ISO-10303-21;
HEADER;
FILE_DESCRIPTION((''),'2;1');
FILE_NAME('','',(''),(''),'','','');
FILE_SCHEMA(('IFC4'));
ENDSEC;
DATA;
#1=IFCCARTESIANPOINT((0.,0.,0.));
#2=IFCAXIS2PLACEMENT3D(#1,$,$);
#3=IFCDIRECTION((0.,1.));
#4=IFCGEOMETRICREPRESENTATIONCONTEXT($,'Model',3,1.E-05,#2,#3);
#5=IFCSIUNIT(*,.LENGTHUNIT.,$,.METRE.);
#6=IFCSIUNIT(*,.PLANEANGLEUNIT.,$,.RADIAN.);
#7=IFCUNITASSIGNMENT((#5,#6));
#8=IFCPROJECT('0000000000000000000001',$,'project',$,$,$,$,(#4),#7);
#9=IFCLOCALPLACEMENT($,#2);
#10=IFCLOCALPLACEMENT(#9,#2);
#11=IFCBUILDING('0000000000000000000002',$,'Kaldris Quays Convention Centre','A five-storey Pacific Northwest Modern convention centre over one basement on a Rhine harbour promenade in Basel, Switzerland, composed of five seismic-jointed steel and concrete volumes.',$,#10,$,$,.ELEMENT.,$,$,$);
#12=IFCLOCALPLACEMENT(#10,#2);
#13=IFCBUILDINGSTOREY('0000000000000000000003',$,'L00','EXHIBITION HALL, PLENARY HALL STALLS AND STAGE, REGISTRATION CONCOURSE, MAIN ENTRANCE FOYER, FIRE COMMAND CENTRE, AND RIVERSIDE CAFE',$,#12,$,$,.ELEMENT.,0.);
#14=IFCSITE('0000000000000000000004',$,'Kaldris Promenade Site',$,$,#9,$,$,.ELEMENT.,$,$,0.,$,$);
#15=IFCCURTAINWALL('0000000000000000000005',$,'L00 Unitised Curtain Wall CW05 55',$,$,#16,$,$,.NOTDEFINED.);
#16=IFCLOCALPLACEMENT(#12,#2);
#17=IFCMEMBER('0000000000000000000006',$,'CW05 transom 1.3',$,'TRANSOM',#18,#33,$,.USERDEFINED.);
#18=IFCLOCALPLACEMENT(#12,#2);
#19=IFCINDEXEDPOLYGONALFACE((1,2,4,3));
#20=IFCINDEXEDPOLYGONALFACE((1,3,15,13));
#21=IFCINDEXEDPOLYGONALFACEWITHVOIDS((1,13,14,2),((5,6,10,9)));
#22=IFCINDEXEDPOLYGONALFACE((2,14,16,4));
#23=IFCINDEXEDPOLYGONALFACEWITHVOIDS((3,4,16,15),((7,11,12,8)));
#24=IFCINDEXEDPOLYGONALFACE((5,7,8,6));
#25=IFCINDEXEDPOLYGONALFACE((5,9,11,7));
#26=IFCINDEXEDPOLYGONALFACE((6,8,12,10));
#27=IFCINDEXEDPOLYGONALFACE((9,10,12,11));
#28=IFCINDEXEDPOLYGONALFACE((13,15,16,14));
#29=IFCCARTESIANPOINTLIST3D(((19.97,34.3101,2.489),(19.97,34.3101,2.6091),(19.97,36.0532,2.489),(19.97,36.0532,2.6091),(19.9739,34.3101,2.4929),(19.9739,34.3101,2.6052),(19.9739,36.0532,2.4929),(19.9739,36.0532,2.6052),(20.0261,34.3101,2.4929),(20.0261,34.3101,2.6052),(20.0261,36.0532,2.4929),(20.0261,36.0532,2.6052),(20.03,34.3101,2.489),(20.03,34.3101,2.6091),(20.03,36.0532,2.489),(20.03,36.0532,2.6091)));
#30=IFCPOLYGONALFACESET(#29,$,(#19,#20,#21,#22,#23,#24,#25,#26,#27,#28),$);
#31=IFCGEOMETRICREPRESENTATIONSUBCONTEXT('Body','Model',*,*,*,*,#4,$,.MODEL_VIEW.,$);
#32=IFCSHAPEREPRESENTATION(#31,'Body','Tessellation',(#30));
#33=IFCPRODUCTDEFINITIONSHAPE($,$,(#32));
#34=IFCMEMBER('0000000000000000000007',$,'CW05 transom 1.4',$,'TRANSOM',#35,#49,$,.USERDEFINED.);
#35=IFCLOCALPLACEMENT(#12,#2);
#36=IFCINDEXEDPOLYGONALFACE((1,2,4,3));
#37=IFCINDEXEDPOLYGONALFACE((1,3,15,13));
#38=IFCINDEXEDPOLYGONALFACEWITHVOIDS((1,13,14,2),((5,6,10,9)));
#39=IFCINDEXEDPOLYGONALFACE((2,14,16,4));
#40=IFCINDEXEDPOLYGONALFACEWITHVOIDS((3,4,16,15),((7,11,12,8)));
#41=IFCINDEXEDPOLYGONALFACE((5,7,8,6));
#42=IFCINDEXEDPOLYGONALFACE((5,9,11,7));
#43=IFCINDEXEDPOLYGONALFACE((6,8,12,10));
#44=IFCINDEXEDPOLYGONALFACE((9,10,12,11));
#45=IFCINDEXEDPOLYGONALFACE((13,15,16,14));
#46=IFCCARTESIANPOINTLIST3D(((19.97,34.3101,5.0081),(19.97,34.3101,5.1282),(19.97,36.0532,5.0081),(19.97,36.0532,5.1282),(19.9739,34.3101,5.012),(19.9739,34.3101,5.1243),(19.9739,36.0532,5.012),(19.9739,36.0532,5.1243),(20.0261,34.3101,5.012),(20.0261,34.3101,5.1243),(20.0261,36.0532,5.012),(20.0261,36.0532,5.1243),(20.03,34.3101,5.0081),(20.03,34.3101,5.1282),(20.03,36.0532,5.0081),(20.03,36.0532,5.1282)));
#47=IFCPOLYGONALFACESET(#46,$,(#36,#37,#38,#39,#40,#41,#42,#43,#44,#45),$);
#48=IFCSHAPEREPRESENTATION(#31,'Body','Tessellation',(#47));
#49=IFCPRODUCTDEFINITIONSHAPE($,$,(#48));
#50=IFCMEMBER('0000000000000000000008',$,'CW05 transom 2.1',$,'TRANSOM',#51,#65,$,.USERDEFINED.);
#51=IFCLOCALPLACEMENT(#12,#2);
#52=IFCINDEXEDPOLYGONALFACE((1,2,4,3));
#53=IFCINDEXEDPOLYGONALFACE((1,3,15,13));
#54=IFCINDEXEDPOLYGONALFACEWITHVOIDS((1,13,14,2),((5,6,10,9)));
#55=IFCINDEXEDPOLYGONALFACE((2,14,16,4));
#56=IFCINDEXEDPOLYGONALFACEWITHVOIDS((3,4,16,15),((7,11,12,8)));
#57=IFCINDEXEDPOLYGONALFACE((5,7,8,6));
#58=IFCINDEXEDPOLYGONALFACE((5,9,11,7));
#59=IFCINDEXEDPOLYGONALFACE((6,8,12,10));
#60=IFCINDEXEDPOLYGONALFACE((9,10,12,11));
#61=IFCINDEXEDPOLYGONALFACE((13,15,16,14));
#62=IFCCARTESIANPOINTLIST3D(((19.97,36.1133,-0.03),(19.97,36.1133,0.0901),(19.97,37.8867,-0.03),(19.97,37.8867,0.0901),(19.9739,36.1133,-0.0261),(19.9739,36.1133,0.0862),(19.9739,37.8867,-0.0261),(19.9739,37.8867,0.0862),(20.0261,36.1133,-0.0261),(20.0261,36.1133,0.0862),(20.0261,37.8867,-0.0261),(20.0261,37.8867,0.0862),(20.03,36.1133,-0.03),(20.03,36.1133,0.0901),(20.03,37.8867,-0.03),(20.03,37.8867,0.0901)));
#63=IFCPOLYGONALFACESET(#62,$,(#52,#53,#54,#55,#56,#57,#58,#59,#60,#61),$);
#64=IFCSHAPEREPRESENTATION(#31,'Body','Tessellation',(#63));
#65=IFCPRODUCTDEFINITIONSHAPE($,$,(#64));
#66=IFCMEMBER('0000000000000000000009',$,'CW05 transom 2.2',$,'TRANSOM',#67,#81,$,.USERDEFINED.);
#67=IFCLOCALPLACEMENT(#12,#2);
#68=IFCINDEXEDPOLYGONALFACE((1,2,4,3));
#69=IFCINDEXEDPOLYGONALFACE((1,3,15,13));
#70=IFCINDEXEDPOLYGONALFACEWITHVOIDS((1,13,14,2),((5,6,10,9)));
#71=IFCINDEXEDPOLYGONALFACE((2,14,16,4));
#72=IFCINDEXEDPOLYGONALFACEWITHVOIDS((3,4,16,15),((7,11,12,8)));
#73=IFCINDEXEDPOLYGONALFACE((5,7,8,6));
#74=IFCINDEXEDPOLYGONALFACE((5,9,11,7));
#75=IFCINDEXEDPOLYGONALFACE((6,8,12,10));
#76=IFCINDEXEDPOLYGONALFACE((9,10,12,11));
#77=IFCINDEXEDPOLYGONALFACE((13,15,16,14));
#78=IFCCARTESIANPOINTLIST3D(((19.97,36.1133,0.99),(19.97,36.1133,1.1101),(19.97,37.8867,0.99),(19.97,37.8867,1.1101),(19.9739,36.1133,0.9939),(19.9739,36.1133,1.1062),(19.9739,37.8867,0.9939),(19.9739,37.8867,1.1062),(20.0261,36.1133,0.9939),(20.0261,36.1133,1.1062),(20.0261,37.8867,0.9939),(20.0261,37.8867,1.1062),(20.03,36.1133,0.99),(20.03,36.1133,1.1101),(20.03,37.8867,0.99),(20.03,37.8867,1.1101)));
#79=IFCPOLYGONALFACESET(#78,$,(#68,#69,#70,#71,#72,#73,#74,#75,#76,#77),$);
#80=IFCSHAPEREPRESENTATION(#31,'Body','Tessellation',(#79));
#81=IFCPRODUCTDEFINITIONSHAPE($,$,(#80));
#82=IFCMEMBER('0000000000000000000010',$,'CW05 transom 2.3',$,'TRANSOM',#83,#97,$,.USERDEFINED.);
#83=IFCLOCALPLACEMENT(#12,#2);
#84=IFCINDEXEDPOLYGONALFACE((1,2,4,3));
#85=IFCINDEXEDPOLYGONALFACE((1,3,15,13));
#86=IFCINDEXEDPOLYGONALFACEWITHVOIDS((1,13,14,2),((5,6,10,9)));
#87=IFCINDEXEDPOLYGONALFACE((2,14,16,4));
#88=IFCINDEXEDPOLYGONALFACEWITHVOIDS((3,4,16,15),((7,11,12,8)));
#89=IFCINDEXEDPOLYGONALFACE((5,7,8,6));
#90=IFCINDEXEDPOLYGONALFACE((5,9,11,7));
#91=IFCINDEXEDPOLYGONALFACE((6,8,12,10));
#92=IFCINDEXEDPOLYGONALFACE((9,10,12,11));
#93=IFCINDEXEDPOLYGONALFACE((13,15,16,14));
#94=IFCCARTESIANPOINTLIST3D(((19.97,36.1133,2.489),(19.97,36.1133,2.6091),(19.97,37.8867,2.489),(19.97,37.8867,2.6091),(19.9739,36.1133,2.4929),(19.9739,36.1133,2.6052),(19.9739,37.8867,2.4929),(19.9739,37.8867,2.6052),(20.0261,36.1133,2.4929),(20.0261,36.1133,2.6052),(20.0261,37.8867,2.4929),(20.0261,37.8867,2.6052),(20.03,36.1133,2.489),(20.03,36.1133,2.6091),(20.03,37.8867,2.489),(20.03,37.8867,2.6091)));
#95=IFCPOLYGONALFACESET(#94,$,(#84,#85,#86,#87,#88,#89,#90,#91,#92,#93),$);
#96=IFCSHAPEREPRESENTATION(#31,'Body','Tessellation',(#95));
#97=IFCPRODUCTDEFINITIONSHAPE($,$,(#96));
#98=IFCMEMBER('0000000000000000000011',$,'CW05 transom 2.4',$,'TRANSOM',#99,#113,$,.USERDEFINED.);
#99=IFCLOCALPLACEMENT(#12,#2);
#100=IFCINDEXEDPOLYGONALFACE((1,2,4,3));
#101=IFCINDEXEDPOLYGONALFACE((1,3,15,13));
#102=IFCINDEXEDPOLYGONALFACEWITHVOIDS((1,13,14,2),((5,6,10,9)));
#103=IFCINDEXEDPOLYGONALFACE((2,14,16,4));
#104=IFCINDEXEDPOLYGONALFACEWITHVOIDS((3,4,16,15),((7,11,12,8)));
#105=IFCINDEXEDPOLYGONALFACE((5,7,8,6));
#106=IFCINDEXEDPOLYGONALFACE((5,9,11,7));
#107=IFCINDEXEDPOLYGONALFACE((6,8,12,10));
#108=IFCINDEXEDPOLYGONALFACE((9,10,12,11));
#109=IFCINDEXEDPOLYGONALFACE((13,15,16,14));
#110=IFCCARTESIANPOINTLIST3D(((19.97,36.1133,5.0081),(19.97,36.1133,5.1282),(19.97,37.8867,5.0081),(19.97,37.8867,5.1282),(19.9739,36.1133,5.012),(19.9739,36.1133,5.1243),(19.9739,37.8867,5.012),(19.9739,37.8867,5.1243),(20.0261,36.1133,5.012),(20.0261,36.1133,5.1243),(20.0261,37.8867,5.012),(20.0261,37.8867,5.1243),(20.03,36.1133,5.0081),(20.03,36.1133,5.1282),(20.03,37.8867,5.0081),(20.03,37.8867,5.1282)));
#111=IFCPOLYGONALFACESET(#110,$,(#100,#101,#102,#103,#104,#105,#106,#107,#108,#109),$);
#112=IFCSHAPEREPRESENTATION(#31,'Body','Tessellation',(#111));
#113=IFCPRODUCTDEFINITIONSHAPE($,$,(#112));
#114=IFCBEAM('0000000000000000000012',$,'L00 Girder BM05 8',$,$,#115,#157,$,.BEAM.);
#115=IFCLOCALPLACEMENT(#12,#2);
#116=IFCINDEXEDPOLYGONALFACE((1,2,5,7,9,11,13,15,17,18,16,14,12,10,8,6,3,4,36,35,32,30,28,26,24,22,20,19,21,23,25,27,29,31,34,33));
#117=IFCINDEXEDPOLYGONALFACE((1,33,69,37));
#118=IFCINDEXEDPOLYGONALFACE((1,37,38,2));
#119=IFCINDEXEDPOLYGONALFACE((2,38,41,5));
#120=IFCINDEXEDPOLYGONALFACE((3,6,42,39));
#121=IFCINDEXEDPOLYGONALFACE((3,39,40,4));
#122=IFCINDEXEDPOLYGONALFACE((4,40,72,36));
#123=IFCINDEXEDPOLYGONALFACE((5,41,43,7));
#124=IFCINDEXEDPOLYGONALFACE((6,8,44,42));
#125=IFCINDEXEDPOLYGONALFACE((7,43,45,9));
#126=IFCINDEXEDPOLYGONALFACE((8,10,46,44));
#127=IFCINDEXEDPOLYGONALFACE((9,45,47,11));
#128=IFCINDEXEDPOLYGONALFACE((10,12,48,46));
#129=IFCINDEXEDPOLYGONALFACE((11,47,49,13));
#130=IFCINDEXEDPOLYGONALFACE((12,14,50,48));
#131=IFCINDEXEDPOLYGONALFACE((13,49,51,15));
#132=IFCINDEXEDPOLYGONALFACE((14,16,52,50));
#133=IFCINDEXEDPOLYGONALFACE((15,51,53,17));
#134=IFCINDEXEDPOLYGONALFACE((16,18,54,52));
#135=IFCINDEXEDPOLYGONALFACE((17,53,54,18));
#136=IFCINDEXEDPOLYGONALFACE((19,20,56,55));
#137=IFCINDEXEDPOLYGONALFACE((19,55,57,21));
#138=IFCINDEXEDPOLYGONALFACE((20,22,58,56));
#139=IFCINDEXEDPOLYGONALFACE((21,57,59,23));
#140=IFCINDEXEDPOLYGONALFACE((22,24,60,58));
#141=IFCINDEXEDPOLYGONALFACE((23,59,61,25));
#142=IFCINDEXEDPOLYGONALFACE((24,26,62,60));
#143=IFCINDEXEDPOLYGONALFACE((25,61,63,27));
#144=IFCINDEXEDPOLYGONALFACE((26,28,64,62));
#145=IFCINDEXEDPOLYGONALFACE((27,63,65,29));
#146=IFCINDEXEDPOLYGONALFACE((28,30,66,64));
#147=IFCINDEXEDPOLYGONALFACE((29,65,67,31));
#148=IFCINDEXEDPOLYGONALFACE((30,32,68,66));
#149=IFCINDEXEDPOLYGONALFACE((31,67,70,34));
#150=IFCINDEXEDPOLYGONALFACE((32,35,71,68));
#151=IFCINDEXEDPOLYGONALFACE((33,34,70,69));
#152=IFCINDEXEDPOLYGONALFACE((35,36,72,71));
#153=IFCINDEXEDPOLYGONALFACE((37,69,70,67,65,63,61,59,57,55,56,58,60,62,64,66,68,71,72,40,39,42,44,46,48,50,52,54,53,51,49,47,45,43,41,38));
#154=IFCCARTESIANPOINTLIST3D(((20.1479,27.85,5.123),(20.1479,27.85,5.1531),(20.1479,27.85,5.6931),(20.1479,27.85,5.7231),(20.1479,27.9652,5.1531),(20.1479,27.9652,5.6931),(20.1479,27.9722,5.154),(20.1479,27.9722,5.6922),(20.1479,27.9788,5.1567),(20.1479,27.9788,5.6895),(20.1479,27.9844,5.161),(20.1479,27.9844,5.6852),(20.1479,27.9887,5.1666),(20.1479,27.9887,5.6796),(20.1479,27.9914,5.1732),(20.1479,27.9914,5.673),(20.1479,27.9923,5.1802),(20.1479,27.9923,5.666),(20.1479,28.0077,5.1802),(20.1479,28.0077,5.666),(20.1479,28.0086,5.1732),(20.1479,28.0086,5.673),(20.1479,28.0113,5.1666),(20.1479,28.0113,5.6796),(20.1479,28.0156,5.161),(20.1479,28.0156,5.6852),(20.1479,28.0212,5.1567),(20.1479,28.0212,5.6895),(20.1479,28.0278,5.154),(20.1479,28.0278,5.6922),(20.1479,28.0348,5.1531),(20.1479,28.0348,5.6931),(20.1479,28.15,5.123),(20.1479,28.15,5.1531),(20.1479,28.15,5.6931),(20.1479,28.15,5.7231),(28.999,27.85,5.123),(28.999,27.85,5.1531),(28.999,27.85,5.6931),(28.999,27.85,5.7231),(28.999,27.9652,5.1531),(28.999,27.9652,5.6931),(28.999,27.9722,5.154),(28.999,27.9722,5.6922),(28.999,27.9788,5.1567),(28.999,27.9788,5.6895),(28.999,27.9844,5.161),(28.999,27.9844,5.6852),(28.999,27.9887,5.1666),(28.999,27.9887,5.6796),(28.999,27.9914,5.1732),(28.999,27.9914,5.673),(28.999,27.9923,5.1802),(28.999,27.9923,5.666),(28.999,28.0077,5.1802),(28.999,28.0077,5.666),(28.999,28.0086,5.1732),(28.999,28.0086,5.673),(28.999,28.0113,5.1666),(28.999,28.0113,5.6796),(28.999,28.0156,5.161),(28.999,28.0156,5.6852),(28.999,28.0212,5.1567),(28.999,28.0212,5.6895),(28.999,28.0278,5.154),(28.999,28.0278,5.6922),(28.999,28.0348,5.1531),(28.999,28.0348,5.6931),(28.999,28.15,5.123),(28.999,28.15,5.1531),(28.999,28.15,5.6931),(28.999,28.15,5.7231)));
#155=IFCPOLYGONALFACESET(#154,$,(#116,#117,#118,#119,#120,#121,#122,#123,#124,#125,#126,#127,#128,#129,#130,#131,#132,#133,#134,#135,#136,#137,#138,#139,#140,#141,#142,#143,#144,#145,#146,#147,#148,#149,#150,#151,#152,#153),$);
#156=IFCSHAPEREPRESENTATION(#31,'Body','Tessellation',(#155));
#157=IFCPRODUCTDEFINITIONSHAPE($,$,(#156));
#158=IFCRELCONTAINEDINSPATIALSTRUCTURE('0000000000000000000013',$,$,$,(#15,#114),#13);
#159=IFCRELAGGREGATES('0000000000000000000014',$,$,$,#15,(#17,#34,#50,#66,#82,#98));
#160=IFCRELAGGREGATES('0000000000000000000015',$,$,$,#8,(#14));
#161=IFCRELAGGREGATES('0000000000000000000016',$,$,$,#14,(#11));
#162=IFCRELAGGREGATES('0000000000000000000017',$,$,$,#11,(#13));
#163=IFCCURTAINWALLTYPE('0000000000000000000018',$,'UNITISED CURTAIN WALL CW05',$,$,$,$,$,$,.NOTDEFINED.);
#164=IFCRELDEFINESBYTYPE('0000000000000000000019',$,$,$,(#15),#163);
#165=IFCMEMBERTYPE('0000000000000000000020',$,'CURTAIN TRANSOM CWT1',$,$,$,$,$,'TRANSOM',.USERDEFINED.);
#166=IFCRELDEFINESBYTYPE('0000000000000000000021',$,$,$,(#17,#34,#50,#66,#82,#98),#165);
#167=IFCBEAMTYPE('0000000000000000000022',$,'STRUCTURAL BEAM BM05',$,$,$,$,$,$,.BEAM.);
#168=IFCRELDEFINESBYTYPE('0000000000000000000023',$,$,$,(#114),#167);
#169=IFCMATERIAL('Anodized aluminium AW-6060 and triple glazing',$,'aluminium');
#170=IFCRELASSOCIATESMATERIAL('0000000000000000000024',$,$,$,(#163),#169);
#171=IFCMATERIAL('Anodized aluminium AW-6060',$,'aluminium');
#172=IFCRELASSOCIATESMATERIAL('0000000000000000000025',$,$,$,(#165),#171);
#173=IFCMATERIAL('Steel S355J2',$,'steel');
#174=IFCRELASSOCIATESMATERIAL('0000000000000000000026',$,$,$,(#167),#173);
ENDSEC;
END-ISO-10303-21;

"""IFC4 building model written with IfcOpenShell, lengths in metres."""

from ifc_helpers import new_model, si_unit, direction, frame, origin, origin_2d, place, context, subcontext, project, spatial, hollow_rectangle, i_section, extrude, material, material_profile, profile_set, type_object, element, aggregate, save


model = new_model("IFC4")

# Units and contexts
model_context = context("Model", 3, precision=1e-05, world=origin(), true_north=direction((0.0, 1.0)))
body_context = subcontext(model_context, "Body", "Model", "MODEL_VIEW")
ifc_project = project(units=[si_unit("LENGTHUNIT", "METRE"), si_unit("PLANEANGLEUNIT", "RADIAN")], contexts=[model_context])

# Site, building, storey
site_placement = place(None, origin())
site = spatial("IfcSite", under=ifc_project, at=site_placement, Name="Kaldris Promenade Site", CompositionType="ELEMENT", RefElevation=0.0)
building_placement = place(site_placement, origin())
building = spatial("IfcBuilding", under=site, at=building_placement, Name="Kaldris Quays Convention Centre", Description="A five-storey Pacific Northwest Modern convention centre over one basement on a Rhine harbour promenade in Basel, Switzerland, composed of five seismic-jointed steel and concrete volumes.", CompositionType="ELEMENT")
storey_placement = place(building_placement, origin())
storey = spatial("IfcBuildingStorey", under=building, at=storey_placement, Name="L00", Description="EXHIBITION HALL, PLENARY HALL STALLS AND STAGE, REGISTRATION CONCOURSE, MAIN ENTRANCE FOYER, FIRE COMMAND CENTRE, AND RIVERSIDE CAFE", CompositionType="ELEMENT", Elevation=0.0)

# Curtain wall, members
ifc_material_1 = material(Name="Anodized aluminium AW-6060 and triple glazing", Category="aluminium")
curtain_wall_type = type_object("IfcCurtainWallType", Name="UNITISED CURTAIN WALL CW05", PredefinedType="NOTDEFINED", material=ifc_material_1)
curtain_wall_placement = place(storey_placement, origin())
curtain_wall = element("IfcCurtainWall", 1, at=curtain_wall_placement, inside=storey, type_object=curtain_wall_type, Name="L00 Unitised Curtain Wall CW05 55", PredefinedType="NOTDEFINED")
ifc_material_2 = material(Name="Anodized aluminium AW-6060", Category="aluminium")
ifc_material_profile_1 = material_profile(ifc_material_2, hollow_rectangle(XDim=0.0601, YDim=0.1201, WallThickness=0.0039, at=origin_2d()), Name="RHS 120x60x4")
ifc_profile_set_1 = profile_set([ifc_material_profile_1], Name="Anodized aluminium AW-6060")
member_type_1 = type_object("IfcMemberType", Name="CURTAIN TRANSOM CWT1", ElementType="TRANSOM", PredefinedType="USERDEFINED", material=ifc_profile_set_1)
member_1_placement = place(storey_placement, frame((20.0, 34.3101, 2.5491), z_axis=(0.0, 1.0, 0.0), x_axis=(-1.0, 0.0, 0.0)))
member_1 = element("IfcMember", 2, at=member_1_placement, type_object=member_type_1, Name="CW05 transom 1.3", ObjectType="TRANSOM", PredefinedType="USERDEFINED", context=body_context, shape_type="SweptSolid", body=[
    extrude(hollow_rectangle(XDim=0.0601, YDim=0.1201, WallThickness=0.0039, at=origin_2d()), origin(), (0.0, 0.0, 1.0), 1.7432),
])
member_2_placement = place(storey_placement, frame((20.0, 34.3101, 5.0681), z_axis=(0.0, 1.0, 0.0), x_axis=(-1.0, 0.0, 0.0)))
member_2 = element("IfcMember", 3, at=member_2_placement, type_object=member_type_1, Name="CW05 transom 1.4", ObjectType="TRANSOM", PredefinedType="USERDEFINED", context=body_context, shape_type="SweptSolid", body=[
    extrude(hollow_rectangle(XDim=0.0601, YDim=0.1201, WallThickness=0.0039, at=origin_2d()), origin(), (0.0, 0.0, 1.0), 1.7432),
])
member_3_placement = place(storey_placement, frame((20.0, 36.1133, 0.03), z_axis=(0.0, 1.0, 0.0), x_axis=(-1.0, 0.0, 0.0)))
member_3 = element("IfcMember", 4, at=member_3_placement, type_object=member_type_1, Name="CW05 transom 2.1", ObjectType="TRANSOM", PredefinedType="USERDEFINED", context=body_context, shape_type="SweptSolid", body=[
    extrude(hollow_rectangle(XDim=0.0601, YDim=0.1201, WallThickness=0.0039, at=origin_2d()), origin(), (0.0, 0.0, 1.0), 1.7734),
])
member_4_placement = place(storey_placement, frame((20.0, 36.1133, 1.05), z_axis=(0.0, 1.0, 0.0), x_axis=(-1.0, 0.0, 0.0)))
member_4 = element("IfcMember", 5, at=member_4_placement, type_object=member_type_1, Name="CW05 transom 2.2", ObjectType="TRANSOM", PredefinedType="USERDEFINED", context=body_context, shape_type="SweptSolid", body=[
    extrude(hollow_rectangle(XDim=0.0601, YDim=0.1201, WallThickness=0.0039, at=origin_2d()), origin(), (0.0, 0.0, 1.0), 1.7734),
])
member_5_placement = place(storey_placement, frame((20.0, 36.1133, 2.5491), z_axis=(0.0, 1.0, 0.0), x_axis=(-1.0, 0.0, 0.0)))
member_5 = element("IfcMember", 6, at=member_5_placement, type_object=member_type_1, Name="CW05 transom 2.3", ObjectType="TRANSOM", PredefinedType="USERDEFINED", context=body_context, shape_type="SweptSolid", body=[
    extrude(hollow_rectangle(XDim=0.0601, YDim=0.1201, WallThickness=0.0039, at=origin_2d()), origin(), (0.0, 0.0, 1.0), 1.7734),
])
member_6_placement = place(storey_placement, frame((20.0, 36.1133, 5.0681), z_axis=(0.0, 1.0, 0.0), x_axis=(-1.0, 0.0, 0.0)))
member_6 = element("IfcMember", 7, at=member_6_placement, type_object=member_type_1, Name="CW05 transom 2.4", ObjectType="TRANSOM", PredefinedType="USERDEFINED", context=body_context, shape_type="SweptSolid", body=[
    extrude(hollow_rectangle(XDim=0.0601, YDim=0.1201, WallThickness=0.0039, at=origin_2d()), origin(), (0.0, 0.0, 1.0), 1.7734),
])

# Beam
ifc_material_3 = material(Name="Steel S355J2", Category="steel")
ifc_material_profile_2 = material_profile(ifc_material_3, i_section(OverallWidth=0.3, OverallDepth=0.6001, WebThickness=0.0154, FlangeThickness=0.03, FilletRadius=0.0271, at=origin_2d()), Name="HEB 600")
ifc_profile_set_2 = profile_set([ifc_material_profile_2], Name="Steel S355J2")
beam_type_1 = type_object("IfcBeamType", Name="STRUCTURAL BEAM BM05", PredefinedType="BEAM", material=ifc_profile_set_2)
beam_placement = place(storey_placement, frame((20.1479, 28.0, 5.4231), z_axis=(1.0, 0.0, 0.0), x_axis=(0.0, 1.0, 0.0)))
element("IfcBeam", 8, at=beam_placement, inside=storey, type_object=beam_type_1, Name="L00 Girder BM05 8", PredefinedType="BEAM", context=body_context, shape_type="SweptSolid", body=[
    extrude(i_section(OverallWidth=0.3, OverallDepth=0.6001, WebThickness=0.0154, FlangeThickness=0.03, FilletRadius=0.0271, at=origin_2d()), origin(), (0.0, 0.0, 1.0), 8.8511),
])

aggregate(curtain_wall, [member_1, member_2, member_3, member_4, member_5, member_6])

save(model, "model.ifc")
